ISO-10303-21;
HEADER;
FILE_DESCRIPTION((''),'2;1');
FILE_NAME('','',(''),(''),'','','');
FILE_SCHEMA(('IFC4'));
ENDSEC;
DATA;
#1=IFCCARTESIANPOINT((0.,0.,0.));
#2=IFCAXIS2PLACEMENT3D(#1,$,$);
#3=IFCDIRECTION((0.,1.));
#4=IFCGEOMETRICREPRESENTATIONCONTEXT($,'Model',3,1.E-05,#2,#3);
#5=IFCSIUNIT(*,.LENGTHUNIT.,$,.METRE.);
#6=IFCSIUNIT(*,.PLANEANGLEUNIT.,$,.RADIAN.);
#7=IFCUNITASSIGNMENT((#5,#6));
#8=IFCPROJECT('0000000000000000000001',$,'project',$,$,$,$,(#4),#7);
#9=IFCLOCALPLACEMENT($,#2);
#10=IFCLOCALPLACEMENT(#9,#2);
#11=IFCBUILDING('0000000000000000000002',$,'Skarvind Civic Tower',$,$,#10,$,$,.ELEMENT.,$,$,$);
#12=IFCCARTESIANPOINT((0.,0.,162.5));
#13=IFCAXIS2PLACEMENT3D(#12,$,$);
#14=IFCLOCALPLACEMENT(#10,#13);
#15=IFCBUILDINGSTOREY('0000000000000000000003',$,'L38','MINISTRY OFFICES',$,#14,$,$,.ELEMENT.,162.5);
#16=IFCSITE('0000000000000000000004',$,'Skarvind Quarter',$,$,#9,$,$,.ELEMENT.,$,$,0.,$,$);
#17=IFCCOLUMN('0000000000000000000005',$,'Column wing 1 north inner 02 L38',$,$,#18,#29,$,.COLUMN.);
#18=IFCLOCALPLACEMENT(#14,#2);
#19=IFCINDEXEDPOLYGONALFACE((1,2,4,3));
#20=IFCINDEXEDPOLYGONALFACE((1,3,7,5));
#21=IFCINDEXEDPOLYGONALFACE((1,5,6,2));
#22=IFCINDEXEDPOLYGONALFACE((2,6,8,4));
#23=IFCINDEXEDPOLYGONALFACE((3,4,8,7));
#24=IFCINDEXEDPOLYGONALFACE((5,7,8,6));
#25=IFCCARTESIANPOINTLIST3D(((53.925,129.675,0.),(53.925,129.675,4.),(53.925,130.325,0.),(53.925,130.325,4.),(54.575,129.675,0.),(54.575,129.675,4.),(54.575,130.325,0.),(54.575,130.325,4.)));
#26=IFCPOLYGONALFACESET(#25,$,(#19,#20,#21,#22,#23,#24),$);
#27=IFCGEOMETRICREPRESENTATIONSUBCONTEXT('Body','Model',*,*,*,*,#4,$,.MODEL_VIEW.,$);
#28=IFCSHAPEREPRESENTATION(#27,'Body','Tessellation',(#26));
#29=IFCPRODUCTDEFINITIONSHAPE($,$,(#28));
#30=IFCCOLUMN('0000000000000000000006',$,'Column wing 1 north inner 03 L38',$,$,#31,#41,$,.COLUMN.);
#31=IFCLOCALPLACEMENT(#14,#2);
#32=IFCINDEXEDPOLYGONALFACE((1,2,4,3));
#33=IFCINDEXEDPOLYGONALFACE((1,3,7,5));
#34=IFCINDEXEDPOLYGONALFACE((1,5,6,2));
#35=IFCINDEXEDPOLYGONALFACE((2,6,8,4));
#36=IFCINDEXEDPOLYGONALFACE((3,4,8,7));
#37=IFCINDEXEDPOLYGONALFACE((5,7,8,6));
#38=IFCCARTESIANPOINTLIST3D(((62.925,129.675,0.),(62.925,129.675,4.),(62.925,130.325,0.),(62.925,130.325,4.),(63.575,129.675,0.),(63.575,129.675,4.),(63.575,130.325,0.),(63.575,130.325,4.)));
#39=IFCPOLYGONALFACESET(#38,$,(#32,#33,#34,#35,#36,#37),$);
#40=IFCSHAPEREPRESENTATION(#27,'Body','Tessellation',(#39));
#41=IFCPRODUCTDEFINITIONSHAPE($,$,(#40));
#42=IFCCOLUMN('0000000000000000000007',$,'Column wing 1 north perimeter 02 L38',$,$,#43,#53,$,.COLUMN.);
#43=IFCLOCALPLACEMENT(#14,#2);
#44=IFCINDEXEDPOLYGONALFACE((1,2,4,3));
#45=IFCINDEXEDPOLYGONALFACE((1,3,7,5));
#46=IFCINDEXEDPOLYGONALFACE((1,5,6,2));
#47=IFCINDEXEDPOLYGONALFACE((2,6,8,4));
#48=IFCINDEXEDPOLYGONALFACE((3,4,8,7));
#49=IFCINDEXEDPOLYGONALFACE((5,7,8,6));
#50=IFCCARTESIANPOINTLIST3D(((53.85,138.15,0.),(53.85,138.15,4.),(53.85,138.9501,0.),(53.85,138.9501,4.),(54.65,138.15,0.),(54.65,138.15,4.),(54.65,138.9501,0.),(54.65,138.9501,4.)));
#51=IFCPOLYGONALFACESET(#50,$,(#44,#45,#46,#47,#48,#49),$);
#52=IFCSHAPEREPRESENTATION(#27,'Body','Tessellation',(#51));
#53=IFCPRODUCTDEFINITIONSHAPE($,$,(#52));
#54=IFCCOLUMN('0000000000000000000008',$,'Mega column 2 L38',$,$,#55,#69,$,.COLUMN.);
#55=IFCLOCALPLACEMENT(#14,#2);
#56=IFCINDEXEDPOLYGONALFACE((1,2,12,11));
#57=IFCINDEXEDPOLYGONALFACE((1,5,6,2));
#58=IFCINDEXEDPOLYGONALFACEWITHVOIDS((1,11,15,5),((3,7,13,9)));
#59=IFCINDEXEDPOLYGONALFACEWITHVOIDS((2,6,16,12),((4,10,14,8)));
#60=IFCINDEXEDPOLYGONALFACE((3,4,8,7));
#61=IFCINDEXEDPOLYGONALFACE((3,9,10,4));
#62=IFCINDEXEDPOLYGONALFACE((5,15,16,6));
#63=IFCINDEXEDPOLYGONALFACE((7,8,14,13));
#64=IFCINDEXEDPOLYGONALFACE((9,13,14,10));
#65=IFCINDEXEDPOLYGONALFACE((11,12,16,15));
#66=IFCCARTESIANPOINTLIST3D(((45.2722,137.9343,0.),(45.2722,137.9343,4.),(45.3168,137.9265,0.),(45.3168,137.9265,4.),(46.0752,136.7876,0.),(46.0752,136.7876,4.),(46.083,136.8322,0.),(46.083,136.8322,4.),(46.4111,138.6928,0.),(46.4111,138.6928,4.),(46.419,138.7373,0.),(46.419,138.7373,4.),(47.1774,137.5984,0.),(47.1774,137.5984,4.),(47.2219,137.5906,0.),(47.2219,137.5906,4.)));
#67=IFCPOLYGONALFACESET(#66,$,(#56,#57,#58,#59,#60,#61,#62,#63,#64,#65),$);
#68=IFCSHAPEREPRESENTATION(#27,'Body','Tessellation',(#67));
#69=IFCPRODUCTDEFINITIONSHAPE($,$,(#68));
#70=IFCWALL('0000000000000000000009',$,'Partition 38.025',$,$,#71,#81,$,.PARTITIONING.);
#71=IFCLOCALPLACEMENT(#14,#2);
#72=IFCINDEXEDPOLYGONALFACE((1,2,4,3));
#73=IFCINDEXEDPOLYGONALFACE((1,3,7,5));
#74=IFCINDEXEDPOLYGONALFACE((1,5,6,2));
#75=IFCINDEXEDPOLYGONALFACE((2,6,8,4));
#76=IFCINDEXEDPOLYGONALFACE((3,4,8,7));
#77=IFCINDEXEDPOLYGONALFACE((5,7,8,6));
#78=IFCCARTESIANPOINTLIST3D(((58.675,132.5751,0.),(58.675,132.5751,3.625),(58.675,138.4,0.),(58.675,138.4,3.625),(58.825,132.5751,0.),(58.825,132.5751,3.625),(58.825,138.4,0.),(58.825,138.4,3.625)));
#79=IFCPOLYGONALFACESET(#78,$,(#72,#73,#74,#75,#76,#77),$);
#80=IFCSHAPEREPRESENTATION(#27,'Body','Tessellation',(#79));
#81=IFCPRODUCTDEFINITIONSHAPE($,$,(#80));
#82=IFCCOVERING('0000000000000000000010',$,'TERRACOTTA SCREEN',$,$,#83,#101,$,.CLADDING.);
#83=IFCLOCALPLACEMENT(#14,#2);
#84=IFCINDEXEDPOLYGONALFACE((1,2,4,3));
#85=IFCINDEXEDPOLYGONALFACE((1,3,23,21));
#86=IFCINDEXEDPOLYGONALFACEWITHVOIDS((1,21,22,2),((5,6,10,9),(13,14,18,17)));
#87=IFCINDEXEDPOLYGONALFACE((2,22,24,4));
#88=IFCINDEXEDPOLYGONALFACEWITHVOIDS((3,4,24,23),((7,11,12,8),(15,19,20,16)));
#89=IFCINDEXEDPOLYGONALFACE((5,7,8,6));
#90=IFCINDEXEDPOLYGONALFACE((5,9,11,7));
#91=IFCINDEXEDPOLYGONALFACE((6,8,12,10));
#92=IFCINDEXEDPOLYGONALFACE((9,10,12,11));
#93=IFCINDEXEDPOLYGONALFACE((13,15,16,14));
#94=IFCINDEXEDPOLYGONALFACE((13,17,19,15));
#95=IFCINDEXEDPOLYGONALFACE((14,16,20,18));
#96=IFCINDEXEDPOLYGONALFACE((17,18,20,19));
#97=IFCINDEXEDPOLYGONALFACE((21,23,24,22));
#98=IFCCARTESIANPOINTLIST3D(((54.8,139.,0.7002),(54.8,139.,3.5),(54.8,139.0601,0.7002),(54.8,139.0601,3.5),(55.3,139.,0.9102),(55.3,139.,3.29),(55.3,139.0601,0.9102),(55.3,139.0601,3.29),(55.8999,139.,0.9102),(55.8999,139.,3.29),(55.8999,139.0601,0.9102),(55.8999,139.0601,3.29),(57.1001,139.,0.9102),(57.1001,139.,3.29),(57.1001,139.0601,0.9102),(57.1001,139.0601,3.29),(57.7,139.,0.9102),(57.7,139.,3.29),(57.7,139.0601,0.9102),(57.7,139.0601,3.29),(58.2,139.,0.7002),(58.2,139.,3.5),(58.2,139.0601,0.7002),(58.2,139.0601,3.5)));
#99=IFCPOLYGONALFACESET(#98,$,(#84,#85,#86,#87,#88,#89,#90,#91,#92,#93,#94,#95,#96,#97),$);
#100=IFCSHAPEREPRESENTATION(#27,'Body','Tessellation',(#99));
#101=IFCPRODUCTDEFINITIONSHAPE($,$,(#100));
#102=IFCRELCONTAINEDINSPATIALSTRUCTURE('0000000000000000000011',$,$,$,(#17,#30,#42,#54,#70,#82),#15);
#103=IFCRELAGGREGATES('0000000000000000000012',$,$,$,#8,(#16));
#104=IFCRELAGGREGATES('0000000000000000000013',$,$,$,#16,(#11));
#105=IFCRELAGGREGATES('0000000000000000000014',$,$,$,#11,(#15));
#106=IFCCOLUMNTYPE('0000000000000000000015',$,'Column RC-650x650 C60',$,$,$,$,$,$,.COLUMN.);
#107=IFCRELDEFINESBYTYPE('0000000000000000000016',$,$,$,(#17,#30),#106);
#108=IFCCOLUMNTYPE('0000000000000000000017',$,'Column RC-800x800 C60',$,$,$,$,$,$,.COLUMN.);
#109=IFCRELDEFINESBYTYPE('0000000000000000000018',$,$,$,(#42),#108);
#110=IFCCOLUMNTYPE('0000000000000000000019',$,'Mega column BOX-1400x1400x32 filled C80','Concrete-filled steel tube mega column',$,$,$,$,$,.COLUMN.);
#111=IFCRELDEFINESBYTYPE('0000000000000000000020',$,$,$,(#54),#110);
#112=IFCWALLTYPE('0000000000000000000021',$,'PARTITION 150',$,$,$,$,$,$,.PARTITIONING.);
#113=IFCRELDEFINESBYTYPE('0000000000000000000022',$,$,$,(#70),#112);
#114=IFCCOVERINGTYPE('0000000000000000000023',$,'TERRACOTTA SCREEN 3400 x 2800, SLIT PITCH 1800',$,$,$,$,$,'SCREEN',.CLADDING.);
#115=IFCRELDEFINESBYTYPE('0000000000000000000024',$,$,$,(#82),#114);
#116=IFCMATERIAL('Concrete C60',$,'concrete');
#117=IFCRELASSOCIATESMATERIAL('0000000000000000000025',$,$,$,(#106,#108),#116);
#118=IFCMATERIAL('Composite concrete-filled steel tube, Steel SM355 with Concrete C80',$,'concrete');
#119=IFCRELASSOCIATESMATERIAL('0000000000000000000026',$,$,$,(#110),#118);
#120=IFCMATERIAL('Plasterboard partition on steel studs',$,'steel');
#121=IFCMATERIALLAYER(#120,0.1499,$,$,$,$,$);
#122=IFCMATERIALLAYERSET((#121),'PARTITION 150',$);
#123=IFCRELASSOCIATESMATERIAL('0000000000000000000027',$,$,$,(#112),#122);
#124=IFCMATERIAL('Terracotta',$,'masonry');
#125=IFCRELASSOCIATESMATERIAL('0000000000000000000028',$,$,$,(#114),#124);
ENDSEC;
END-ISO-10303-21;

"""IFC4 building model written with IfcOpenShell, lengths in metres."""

from ifc_helpers import new_model, si_unit, direction, frame, frame_2d, origin, origin_2d, place, context, subcontext, project, spatial, polyline, rectangle, hollow_rectangle, outline, extrude, material, layer, layer_set, material_profile, profile_set, type_object, element, save


model = new_model("IFC4")

# Units and contexts
model_context = context("Model", 3, precision=1e-05, world=origin(), true_north=direction((0.0, 1.0)))
body_context = subcontext(model_context, "Body", "Model", "MODEL_VIEW")
ifc_project = project(units=[si_unit("LENGTHUNIT", "METRE"), si_unit("PLANEANGLEUNIT", "RADIAN")], contexts=[model_context])

# Site, building, storey
site_placement = place(None, origin())
site = spatial("IfcSite", under=ifc_project, at=site_placement, Name="Skarvind Quarter", CompositionType="ELEMENT", RefElevation=0.0)
building_placement = place(site_placement, origin())
building = spatial("IfcBuilding", under=site, at=building_placement, Name="Skarvind Civic Tower", CompositionType="ELEMENT")
storey_placement = place(building_placement, frame((0.0, 0.0, 162.5)))
storey = spatial("IfcBuildingStorey", under=building, at=storey_placement, Name="L38", Description="MINISTRY OFFICES", CompositionType="ELEMENT", Elevation=162.5)

# Columns
ifc_material_1 = material(Name="Concrete C60", Category="concrete")
ifc_material_profile_1 = material_profile(ifc_material_1, rectangle(XDim=0.6499, YDim=0.6499, at=origin_2d()), Name="RC-650x650")
ifc_profile_set_1 = profile_set([ifc_material_profile_1], Name="Concrete C60")
column_type_1 = type_object("IfcColumnType", Name="Column RC-650x650 C60", PredefinedType="COLUMN", material=ifc_profile_set_1)
for number, where, z_axis, x_axis, name in (
    (1, (54.25, 130.0, 0.0), (0.0, 0.0, 1.0), (1.0, 0.0, 0.0), "Column wing 1 north inner 02 L38"),
    (2, (63.25, 130.0, 0.0), (0.0, 0.0, 1.0), (1.0, 0.0, 0.0), "Column wing 1 north inner 03 L38"),
):
    element("IfcColumn", number, at=place(storey_placement, frame(where, z_axis=z_axis, x_axis=x_axis)), inside=storey, type_object=column_type_1, Name=name, PredefinedType="COLUMN", context=body_context, shape_type="SweptSolid", body=[
        extrude(rectangle(XDim=0.6499, YDim=0.6499, at=origin_2d()), origin(), (0.0, 0.0, 1.0), 4.0),
    ])
ifc_material_profile_2 = material_profile(ifc_material_1, rectangle(XDim=0.8, YDim=0.8, at=origin_2d()), Name="RC-800x800")
ifc_profile_set_2 = profile_set([ifc_material_profile_2], Name="Concrete C60")
column_type_2 = type_object("IfcColumnType", Name="Column RC-800x800 C60", PredefinedType="COLUMN", material=ifc_profile_set_2)
column_1_placement = place(storey_placement, frame((54.25, 138.55, 0.0), z_axis=(0.0, 0.0, 1.0), x_axis=(1.0, 0.0, 0.0)))
element("IfcColumn", 3, at=column_1_placement, inside=storey, type_object=column_type_2, Name="Column wing 1 north perimeter 02 L38", PredefinedType="COLUMN", context=body_context, shape_type="SweptSolid", body=[
    extrude(rectangle(XDim=0.8, YDim=0.8, at=origin_2d()), origin(), (0.0, 0.0, 1.0), 4.0),
])
ifc_material_2 = material(Name="Composite concrete-filled steel tube, Steel SM355 with Concrete C80", Category="concrete")
ifc_material_profile_3 = material_profile(ifc_material_2, hollow_rectangle(XDim=1.3999, YDim=1.3999, WallThickness=0.032, at=origin_2d()), Name="BOX-1400x1400x32")
ifc_profile_set_3 = profile_set([ifc_material_profile_3], Name="Composite concrete-filled steel tube, Steel SM355 with Concrete C80")
column_type_3 = type_object("IfcColumnType", Name="Mega column BOX-1400x1400x32 filled C80", Description="Concrete-filled steel tube mega column", PredefinedType="COLUMN", material=ifc_profile_set_3)
column_2_placement = place(storey_placement, frame((46.2471, 137.7625, 0.0), z_axis=(0.0, 0.0, 1.0), x_axis=(0.573576, -0.819152, 0.0)))
element("IfcColumn", 4, at=column_2_placement, inside=storey, type_object=column_type_3, Name="Mega column 2 L38", PredefinedType="COLUMN", context=body_context, shape_type="SweptSolid", body=[
    extrude(hollow_rectangle(XDim=1.3999, YDim=1.3999, WallThickness=0.032, at=origin_2d()), origin(), (0.0, 0.0, 1.0), 4.0),
])

# Wall
ifc_material_3 = material(Name="Plasterboard partition on steel studs", Category="steel")
ifc_layer_1 = layer(ifc_material_3, 0.1499)
ifc_layer_set_1 = layer_set([ifc_layer_1], Name="PARTITION 150")
wall_type_1 = type_object("IfcWallType", Name="PARTITION 150", PredefinedType="PARTITIONING", material=ifc_layer_set_1)
wall_1_placement = place(storey_placement, frame((58.75, 132.575, 0.0), z_axis=(0.0, 0.0, 1.0), x_axis=(0.0, 1.0, 0.0)))
element("IfcWall", 5, at=wall_1_placement, inside=storey, type_object=wall_type_1, Name="Partition 38.025", PredefinedType="PARTITIONING", context=body_context, shape_type="SweptSolid", body=[
    extrude(rectangle(XDim=5.825, YDim=0.1499, at=frame_2d((2.9126, 0.0))), origin(), (0.0, 0.0, 1.0), 3.625),
])

# Covering
ifc_material_4 = material(Name="Terracotta", Category="masonry")
ifc_material_profile_4 = material_profile(ifc_material_4, outline(polyline([(-1.7, -1.3999), (1.7, -1.3999), (1.7, 1.3999), (-1.7, 1.3999), (-1.7, -1.3999)]), holes=[polyline([(-1.2, -1.1899), (-0.6001, -1.1899), (-0.6001, 1.1899), (-1.2, 1.1899), (-1.2, -1.1899)]), polyline([(0.6001, -1.1899), (1.2, -1.1899), (1.2, 1.1899), (0.6001, 1.1899), (0.6001, -1.1899)])]), Name="TERRACOTTA SCREEN 3400 x 2800, SLIT PITCH 1800")
ifc_profile_set_4 = profile_set([ifc_material_profile_4], Name="Terracotta")
covering_type = type_object("IfcCoveringType", Name="TERRACOTTA SCREEN 3400 x 2800, SLIT PITCH 1800", ElementType="SCREEN", PredefinedType="CLADDING", material=ifc_profile_set_4)
covering_placement = place(storey_placement, frame((56.5, 139.0, 2.1001), z_axis=(0.0, 1.0, 0.0), x_axis=(-1.0, 0.0, 0.0)))
element("IfcCovering", 6, at=covering_placement, inside=storey, type_object=covering_type, Name="TERRACOTTA SCREEN", PredefinedType="CLADDING", context=body_context, shape_type="SweptSolid", body=[
    extrude(outline(polyline([(-1.7, -1.3999), (1.7, -1.3999), (1.7, 1.3999), (-1.7, 1.3999), (-1.7, -1.3999)]), holes=[polyline([(-1.2, -1.1899), (-0.6001, -1.1899), (-0.6001, 1.1899), (-1.2, 1.1899), (-1.2, -1.1899)]), polyline([(0.6001, -1.1899), (1.2, -1.1899), (1.2, 1.1899), (0.6001, 1.1899), (0.6001, -1.1899)])]), origin(), (0.0, 0.0, 1.0), 0.0601),
])

save(model, "model.ifc")
